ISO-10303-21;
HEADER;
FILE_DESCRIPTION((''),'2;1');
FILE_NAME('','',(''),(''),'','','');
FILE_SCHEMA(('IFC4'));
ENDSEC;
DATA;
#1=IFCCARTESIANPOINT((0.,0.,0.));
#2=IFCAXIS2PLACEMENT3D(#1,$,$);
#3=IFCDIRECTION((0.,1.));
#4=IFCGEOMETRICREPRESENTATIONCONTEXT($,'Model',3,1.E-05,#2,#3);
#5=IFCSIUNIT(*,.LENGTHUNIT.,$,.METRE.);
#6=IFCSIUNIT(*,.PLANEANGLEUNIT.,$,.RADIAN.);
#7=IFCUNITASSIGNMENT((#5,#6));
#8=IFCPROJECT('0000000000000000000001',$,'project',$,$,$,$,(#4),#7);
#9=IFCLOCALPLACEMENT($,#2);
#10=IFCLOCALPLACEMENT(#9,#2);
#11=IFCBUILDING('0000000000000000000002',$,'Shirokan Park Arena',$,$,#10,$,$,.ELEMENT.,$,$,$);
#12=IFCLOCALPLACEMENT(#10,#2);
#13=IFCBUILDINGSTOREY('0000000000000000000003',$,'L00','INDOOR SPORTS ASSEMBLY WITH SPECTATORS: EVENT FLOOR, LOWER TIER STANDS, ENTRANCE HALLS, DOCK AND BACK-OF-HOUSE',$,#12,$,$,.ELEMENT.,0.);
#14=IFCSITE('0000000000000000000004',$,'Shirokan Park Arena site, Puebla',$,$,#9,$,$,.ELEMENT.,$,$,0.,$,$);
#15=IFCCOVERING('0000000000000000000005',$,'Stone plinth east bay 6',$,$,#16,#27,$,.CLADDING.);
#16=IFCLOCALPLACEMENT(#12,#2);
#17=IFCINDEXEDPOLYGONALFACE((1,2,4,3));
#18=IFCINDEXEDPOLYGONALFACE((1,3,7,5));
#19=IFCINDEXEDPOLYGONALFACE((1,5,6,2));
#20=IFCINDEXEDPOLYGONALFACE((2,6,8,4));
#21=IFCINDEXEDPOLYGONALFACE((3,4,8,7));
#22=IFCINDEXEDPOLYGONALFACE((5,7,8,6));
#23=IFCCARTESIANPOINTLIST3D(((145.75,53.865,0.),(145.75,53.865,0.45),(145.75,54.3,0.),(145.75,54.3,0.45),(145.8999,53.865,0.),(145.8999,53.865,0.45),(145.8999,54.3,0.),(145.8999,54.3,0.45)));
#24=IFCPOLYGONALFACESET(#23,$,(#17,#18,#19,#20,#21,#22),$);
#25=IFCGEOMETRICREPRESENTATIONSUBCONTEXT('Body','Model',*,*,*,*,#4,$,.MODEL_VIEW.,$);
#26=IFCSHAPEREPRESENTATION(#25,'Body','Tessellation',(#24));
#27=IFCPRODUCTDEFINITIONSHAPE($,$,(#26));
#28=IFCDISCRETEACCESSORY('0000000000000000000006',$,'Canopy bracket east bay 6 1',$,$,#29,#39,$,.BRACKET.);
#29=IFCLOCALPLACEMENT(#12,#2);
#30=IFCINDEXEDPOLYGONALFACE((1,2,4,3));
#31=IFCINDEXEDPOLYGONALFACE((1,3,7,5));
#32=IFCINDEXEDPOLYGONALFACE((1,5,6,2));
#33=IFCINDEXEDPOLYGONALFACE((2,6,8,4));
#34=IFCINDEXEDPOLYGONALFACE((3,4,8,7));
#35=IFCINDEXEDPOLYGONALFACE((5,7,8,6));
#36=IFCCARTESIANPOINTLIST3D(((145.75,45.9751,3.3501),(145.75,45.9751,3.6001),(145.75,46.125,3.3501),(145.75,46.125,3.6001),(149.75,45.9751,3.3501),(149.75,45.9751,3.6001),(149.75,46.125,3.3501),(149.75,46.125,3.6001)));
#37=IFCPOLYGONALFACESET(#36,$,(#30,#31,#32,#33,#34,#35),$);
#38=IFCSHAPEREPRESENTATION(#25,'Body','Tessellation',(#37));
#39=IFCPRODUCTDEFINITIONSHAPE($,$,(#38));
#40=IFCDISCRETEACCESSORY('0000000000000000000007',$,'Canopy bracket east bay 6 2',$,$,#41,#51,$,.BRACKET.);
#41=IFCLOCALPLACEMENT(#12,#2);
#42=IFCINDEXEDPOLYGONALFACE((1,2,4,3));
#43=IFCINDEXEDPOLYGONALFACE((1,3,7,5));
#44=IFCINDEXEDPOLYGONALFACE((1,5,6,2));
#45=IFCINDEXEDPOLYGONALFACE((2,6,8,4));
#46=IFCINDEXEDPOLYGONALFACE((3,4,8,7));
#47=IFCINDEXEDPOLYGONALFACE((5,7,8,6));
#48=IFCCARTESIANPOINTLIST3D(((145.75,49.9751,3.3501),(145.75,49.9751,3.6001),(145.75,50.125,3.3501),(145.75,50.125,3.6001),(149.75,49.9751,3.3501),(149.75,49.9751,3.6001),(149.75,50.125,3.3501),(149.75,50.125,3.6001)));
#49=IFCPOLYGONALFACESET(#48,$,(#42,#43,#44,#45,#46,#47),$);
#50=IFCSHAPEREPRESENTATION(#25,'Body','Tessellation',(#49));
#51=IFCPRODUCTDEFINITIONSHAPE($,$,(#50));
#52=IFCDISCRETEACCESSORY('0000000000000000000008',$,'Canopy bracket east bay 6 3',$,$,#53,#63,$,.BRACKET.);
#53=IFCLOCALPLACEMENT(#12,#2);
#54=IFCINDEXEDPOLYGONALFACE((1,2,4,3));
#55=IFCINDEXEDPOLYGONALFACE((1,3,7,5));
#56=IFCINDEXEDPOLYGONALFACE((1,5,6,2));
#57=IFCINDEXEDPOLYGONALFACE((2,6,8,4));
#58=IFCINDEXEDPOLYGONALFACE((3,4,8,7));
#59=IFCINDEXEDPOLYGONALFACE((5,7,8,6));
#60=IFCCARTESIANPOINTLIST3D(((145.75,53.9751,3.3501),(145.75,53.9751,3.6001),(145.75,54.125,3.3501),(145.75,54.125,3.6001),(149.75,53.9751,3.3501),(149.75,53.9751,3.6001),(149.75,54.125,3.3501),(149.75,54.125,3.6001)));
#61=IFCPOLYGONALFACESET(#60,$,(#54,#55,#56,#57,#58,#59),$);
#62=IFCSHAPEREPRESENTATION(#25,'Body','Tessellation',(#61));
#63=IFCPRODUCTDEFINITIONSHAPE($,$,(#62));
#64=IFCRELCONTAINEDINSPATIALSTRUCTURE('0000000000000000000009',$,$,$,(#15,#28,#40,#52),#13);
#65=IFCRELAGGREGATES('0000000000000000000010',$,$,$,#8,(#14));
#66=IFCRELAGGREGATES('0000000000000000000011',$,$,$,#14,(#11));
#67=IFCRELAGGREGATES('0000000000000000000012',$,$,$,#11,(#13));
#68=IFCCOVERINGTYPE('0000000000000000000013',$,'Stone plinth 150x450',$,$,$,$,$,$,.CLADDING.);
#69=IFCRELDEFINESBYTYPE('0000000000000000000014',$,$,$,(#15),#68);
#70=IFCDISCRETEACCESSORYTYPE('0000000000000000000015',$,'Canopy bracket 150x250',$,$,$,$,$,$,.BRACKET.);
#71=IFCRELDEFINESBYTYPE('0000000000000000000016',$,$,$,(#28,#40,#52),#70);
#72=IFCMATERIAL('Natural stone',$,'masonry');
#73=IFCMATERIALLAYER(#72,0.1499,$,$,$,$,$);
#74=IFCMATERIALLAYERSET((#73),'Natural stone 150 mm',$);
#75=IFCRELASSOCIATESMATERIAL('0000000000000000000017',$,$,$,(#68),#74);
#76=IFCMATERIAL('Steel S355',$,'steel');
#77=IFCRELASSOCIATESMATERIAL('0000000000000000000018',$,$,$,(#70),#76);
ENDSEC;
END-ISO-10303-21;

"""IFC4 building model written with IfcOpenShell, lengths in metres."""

from ifc_helpers import new_model, si_unit, direction, frame, origin, origin_2d, place, context, subcontext, project, spatial, rectangle, extrude, material, layer, layer_set, type_object, element, save


model = new_model("IFC4")

# Units and contexts
model_context = context("Model", 3, precision=1e-05, world=origin(), true_north=direction((0.0, 1.0)))
body_context = subcontext(model_context, "Body", "Model", "MODEL_VIEW")
ifc_project = project(units=[si_unit("LENGTHUNIT", "METRE"), si_unit("PLANEANGLEUNIT", "RADIAN")], contexts=[model_context])

# Site, building, storey
site_placement = place(None, origin())
site = spatial("IfcSite", under=ifc_project, at=site_placement, Name="Shirokan Park Arena site, Puebla", CompositionType="ELEMENT", RefElevation=0.0)
building_placement = place(site_placement, origin())
building = spatial("IfcBuilding", under=site, at=building_placement, Name="Shirokan Park Arena", CompositionType="ELEMENT")
storey_placement = place(building_placement, origin())
storey = spatial("IfcBuildingStorey", under=building, at=storey_placement, Name="L00", Description="INDOOR SPORTS ASSEMBLY WITH SPECTATORS: EVENT FLOOR, LOWER TIER STANDS, ENTRANCE HALLS, DOCK AND BACK-OF-HOUSE", CompositionType="ELEMENT", Elevation=0.0)

# Shared definitions
ifc_material_1 = material(Name="Steel S355", Category="steel")

# Covering
ifc_material_2 = material(Name="Natural stone", Category="masonry")
ifc_layer_1 = layer(ifc_material_2, 0.1499)
ifc_layer_set_1 = layer_set([ifc_layer_1], Name="Natural stone 150 mm")
covering_type_1 = type_object("IfcCoveringType", Name="Stone plinth 150x450", PredefinedType="CLADDING", material=ifc_layer_set_1)
covering_1_placement = place(storey_placement, frame((145.825, 54.0825, 0.0), z_axis=(0.0, 0.0, 1.0), x_axis=(0.0, 1.0, 0.0)))
element("IfcCovering", 1, at=covering_1_placement, inside=storey, type_object=covering_type_1, Name="Stone plinth east bay 6", PredefinedType="CLADDING", context=body_context, shape_type="SweptSolid", body=[
    extrude(rectangle(XDim=0.4351, YDim=0.1499, at=origin_2d()), origin(), (0.0, 0.0, 1.0), 0.45),
])

# Discrete accessories
discrete_accessory_type = type_object("IfcDiscreteAccessoryType", Name="Canopy bracket 150x250", PredefinedType="BRACKET", material=ifc_material_1)
for number, where, z_axis, x_axis, name in (
    (2, (147.75, 46.05, 3.3501), (0.0, 0.0, 1.0), (0.0, 1.0, 0.0), "Canopy bracket east bay 6 1"),
    (3, (147.75, 50.05, 3.3501), (0.0, 0.0, 1.0), (0.0, 1.0, 0.0), "Canopy bracket east bay 6 2"),
    (4, (147.75, 54.05, 3.3501), (0.0, 0.0, 1.0), (0.0, 1.0, 0.0), "Canopy bracket east bay 6 3"),
):
    element("IfcDiscreteAccessory", number, at=place(storey_placement, frame(where, z_axis=z_axis, x_axis=x_axis)), inside=storey, type_object=discrete_accessory_type, Name=name, PredefinedType="BRACKET", context=body_context, shape_type="SweptSolid", body=[
        extrude(rectangle(XDim=0.1499, YDim=4.0, at=origin_2d()), origin(), (0.0, 0.0, 1.0), 0.25),
    ])

save(model, "model.ifc")
